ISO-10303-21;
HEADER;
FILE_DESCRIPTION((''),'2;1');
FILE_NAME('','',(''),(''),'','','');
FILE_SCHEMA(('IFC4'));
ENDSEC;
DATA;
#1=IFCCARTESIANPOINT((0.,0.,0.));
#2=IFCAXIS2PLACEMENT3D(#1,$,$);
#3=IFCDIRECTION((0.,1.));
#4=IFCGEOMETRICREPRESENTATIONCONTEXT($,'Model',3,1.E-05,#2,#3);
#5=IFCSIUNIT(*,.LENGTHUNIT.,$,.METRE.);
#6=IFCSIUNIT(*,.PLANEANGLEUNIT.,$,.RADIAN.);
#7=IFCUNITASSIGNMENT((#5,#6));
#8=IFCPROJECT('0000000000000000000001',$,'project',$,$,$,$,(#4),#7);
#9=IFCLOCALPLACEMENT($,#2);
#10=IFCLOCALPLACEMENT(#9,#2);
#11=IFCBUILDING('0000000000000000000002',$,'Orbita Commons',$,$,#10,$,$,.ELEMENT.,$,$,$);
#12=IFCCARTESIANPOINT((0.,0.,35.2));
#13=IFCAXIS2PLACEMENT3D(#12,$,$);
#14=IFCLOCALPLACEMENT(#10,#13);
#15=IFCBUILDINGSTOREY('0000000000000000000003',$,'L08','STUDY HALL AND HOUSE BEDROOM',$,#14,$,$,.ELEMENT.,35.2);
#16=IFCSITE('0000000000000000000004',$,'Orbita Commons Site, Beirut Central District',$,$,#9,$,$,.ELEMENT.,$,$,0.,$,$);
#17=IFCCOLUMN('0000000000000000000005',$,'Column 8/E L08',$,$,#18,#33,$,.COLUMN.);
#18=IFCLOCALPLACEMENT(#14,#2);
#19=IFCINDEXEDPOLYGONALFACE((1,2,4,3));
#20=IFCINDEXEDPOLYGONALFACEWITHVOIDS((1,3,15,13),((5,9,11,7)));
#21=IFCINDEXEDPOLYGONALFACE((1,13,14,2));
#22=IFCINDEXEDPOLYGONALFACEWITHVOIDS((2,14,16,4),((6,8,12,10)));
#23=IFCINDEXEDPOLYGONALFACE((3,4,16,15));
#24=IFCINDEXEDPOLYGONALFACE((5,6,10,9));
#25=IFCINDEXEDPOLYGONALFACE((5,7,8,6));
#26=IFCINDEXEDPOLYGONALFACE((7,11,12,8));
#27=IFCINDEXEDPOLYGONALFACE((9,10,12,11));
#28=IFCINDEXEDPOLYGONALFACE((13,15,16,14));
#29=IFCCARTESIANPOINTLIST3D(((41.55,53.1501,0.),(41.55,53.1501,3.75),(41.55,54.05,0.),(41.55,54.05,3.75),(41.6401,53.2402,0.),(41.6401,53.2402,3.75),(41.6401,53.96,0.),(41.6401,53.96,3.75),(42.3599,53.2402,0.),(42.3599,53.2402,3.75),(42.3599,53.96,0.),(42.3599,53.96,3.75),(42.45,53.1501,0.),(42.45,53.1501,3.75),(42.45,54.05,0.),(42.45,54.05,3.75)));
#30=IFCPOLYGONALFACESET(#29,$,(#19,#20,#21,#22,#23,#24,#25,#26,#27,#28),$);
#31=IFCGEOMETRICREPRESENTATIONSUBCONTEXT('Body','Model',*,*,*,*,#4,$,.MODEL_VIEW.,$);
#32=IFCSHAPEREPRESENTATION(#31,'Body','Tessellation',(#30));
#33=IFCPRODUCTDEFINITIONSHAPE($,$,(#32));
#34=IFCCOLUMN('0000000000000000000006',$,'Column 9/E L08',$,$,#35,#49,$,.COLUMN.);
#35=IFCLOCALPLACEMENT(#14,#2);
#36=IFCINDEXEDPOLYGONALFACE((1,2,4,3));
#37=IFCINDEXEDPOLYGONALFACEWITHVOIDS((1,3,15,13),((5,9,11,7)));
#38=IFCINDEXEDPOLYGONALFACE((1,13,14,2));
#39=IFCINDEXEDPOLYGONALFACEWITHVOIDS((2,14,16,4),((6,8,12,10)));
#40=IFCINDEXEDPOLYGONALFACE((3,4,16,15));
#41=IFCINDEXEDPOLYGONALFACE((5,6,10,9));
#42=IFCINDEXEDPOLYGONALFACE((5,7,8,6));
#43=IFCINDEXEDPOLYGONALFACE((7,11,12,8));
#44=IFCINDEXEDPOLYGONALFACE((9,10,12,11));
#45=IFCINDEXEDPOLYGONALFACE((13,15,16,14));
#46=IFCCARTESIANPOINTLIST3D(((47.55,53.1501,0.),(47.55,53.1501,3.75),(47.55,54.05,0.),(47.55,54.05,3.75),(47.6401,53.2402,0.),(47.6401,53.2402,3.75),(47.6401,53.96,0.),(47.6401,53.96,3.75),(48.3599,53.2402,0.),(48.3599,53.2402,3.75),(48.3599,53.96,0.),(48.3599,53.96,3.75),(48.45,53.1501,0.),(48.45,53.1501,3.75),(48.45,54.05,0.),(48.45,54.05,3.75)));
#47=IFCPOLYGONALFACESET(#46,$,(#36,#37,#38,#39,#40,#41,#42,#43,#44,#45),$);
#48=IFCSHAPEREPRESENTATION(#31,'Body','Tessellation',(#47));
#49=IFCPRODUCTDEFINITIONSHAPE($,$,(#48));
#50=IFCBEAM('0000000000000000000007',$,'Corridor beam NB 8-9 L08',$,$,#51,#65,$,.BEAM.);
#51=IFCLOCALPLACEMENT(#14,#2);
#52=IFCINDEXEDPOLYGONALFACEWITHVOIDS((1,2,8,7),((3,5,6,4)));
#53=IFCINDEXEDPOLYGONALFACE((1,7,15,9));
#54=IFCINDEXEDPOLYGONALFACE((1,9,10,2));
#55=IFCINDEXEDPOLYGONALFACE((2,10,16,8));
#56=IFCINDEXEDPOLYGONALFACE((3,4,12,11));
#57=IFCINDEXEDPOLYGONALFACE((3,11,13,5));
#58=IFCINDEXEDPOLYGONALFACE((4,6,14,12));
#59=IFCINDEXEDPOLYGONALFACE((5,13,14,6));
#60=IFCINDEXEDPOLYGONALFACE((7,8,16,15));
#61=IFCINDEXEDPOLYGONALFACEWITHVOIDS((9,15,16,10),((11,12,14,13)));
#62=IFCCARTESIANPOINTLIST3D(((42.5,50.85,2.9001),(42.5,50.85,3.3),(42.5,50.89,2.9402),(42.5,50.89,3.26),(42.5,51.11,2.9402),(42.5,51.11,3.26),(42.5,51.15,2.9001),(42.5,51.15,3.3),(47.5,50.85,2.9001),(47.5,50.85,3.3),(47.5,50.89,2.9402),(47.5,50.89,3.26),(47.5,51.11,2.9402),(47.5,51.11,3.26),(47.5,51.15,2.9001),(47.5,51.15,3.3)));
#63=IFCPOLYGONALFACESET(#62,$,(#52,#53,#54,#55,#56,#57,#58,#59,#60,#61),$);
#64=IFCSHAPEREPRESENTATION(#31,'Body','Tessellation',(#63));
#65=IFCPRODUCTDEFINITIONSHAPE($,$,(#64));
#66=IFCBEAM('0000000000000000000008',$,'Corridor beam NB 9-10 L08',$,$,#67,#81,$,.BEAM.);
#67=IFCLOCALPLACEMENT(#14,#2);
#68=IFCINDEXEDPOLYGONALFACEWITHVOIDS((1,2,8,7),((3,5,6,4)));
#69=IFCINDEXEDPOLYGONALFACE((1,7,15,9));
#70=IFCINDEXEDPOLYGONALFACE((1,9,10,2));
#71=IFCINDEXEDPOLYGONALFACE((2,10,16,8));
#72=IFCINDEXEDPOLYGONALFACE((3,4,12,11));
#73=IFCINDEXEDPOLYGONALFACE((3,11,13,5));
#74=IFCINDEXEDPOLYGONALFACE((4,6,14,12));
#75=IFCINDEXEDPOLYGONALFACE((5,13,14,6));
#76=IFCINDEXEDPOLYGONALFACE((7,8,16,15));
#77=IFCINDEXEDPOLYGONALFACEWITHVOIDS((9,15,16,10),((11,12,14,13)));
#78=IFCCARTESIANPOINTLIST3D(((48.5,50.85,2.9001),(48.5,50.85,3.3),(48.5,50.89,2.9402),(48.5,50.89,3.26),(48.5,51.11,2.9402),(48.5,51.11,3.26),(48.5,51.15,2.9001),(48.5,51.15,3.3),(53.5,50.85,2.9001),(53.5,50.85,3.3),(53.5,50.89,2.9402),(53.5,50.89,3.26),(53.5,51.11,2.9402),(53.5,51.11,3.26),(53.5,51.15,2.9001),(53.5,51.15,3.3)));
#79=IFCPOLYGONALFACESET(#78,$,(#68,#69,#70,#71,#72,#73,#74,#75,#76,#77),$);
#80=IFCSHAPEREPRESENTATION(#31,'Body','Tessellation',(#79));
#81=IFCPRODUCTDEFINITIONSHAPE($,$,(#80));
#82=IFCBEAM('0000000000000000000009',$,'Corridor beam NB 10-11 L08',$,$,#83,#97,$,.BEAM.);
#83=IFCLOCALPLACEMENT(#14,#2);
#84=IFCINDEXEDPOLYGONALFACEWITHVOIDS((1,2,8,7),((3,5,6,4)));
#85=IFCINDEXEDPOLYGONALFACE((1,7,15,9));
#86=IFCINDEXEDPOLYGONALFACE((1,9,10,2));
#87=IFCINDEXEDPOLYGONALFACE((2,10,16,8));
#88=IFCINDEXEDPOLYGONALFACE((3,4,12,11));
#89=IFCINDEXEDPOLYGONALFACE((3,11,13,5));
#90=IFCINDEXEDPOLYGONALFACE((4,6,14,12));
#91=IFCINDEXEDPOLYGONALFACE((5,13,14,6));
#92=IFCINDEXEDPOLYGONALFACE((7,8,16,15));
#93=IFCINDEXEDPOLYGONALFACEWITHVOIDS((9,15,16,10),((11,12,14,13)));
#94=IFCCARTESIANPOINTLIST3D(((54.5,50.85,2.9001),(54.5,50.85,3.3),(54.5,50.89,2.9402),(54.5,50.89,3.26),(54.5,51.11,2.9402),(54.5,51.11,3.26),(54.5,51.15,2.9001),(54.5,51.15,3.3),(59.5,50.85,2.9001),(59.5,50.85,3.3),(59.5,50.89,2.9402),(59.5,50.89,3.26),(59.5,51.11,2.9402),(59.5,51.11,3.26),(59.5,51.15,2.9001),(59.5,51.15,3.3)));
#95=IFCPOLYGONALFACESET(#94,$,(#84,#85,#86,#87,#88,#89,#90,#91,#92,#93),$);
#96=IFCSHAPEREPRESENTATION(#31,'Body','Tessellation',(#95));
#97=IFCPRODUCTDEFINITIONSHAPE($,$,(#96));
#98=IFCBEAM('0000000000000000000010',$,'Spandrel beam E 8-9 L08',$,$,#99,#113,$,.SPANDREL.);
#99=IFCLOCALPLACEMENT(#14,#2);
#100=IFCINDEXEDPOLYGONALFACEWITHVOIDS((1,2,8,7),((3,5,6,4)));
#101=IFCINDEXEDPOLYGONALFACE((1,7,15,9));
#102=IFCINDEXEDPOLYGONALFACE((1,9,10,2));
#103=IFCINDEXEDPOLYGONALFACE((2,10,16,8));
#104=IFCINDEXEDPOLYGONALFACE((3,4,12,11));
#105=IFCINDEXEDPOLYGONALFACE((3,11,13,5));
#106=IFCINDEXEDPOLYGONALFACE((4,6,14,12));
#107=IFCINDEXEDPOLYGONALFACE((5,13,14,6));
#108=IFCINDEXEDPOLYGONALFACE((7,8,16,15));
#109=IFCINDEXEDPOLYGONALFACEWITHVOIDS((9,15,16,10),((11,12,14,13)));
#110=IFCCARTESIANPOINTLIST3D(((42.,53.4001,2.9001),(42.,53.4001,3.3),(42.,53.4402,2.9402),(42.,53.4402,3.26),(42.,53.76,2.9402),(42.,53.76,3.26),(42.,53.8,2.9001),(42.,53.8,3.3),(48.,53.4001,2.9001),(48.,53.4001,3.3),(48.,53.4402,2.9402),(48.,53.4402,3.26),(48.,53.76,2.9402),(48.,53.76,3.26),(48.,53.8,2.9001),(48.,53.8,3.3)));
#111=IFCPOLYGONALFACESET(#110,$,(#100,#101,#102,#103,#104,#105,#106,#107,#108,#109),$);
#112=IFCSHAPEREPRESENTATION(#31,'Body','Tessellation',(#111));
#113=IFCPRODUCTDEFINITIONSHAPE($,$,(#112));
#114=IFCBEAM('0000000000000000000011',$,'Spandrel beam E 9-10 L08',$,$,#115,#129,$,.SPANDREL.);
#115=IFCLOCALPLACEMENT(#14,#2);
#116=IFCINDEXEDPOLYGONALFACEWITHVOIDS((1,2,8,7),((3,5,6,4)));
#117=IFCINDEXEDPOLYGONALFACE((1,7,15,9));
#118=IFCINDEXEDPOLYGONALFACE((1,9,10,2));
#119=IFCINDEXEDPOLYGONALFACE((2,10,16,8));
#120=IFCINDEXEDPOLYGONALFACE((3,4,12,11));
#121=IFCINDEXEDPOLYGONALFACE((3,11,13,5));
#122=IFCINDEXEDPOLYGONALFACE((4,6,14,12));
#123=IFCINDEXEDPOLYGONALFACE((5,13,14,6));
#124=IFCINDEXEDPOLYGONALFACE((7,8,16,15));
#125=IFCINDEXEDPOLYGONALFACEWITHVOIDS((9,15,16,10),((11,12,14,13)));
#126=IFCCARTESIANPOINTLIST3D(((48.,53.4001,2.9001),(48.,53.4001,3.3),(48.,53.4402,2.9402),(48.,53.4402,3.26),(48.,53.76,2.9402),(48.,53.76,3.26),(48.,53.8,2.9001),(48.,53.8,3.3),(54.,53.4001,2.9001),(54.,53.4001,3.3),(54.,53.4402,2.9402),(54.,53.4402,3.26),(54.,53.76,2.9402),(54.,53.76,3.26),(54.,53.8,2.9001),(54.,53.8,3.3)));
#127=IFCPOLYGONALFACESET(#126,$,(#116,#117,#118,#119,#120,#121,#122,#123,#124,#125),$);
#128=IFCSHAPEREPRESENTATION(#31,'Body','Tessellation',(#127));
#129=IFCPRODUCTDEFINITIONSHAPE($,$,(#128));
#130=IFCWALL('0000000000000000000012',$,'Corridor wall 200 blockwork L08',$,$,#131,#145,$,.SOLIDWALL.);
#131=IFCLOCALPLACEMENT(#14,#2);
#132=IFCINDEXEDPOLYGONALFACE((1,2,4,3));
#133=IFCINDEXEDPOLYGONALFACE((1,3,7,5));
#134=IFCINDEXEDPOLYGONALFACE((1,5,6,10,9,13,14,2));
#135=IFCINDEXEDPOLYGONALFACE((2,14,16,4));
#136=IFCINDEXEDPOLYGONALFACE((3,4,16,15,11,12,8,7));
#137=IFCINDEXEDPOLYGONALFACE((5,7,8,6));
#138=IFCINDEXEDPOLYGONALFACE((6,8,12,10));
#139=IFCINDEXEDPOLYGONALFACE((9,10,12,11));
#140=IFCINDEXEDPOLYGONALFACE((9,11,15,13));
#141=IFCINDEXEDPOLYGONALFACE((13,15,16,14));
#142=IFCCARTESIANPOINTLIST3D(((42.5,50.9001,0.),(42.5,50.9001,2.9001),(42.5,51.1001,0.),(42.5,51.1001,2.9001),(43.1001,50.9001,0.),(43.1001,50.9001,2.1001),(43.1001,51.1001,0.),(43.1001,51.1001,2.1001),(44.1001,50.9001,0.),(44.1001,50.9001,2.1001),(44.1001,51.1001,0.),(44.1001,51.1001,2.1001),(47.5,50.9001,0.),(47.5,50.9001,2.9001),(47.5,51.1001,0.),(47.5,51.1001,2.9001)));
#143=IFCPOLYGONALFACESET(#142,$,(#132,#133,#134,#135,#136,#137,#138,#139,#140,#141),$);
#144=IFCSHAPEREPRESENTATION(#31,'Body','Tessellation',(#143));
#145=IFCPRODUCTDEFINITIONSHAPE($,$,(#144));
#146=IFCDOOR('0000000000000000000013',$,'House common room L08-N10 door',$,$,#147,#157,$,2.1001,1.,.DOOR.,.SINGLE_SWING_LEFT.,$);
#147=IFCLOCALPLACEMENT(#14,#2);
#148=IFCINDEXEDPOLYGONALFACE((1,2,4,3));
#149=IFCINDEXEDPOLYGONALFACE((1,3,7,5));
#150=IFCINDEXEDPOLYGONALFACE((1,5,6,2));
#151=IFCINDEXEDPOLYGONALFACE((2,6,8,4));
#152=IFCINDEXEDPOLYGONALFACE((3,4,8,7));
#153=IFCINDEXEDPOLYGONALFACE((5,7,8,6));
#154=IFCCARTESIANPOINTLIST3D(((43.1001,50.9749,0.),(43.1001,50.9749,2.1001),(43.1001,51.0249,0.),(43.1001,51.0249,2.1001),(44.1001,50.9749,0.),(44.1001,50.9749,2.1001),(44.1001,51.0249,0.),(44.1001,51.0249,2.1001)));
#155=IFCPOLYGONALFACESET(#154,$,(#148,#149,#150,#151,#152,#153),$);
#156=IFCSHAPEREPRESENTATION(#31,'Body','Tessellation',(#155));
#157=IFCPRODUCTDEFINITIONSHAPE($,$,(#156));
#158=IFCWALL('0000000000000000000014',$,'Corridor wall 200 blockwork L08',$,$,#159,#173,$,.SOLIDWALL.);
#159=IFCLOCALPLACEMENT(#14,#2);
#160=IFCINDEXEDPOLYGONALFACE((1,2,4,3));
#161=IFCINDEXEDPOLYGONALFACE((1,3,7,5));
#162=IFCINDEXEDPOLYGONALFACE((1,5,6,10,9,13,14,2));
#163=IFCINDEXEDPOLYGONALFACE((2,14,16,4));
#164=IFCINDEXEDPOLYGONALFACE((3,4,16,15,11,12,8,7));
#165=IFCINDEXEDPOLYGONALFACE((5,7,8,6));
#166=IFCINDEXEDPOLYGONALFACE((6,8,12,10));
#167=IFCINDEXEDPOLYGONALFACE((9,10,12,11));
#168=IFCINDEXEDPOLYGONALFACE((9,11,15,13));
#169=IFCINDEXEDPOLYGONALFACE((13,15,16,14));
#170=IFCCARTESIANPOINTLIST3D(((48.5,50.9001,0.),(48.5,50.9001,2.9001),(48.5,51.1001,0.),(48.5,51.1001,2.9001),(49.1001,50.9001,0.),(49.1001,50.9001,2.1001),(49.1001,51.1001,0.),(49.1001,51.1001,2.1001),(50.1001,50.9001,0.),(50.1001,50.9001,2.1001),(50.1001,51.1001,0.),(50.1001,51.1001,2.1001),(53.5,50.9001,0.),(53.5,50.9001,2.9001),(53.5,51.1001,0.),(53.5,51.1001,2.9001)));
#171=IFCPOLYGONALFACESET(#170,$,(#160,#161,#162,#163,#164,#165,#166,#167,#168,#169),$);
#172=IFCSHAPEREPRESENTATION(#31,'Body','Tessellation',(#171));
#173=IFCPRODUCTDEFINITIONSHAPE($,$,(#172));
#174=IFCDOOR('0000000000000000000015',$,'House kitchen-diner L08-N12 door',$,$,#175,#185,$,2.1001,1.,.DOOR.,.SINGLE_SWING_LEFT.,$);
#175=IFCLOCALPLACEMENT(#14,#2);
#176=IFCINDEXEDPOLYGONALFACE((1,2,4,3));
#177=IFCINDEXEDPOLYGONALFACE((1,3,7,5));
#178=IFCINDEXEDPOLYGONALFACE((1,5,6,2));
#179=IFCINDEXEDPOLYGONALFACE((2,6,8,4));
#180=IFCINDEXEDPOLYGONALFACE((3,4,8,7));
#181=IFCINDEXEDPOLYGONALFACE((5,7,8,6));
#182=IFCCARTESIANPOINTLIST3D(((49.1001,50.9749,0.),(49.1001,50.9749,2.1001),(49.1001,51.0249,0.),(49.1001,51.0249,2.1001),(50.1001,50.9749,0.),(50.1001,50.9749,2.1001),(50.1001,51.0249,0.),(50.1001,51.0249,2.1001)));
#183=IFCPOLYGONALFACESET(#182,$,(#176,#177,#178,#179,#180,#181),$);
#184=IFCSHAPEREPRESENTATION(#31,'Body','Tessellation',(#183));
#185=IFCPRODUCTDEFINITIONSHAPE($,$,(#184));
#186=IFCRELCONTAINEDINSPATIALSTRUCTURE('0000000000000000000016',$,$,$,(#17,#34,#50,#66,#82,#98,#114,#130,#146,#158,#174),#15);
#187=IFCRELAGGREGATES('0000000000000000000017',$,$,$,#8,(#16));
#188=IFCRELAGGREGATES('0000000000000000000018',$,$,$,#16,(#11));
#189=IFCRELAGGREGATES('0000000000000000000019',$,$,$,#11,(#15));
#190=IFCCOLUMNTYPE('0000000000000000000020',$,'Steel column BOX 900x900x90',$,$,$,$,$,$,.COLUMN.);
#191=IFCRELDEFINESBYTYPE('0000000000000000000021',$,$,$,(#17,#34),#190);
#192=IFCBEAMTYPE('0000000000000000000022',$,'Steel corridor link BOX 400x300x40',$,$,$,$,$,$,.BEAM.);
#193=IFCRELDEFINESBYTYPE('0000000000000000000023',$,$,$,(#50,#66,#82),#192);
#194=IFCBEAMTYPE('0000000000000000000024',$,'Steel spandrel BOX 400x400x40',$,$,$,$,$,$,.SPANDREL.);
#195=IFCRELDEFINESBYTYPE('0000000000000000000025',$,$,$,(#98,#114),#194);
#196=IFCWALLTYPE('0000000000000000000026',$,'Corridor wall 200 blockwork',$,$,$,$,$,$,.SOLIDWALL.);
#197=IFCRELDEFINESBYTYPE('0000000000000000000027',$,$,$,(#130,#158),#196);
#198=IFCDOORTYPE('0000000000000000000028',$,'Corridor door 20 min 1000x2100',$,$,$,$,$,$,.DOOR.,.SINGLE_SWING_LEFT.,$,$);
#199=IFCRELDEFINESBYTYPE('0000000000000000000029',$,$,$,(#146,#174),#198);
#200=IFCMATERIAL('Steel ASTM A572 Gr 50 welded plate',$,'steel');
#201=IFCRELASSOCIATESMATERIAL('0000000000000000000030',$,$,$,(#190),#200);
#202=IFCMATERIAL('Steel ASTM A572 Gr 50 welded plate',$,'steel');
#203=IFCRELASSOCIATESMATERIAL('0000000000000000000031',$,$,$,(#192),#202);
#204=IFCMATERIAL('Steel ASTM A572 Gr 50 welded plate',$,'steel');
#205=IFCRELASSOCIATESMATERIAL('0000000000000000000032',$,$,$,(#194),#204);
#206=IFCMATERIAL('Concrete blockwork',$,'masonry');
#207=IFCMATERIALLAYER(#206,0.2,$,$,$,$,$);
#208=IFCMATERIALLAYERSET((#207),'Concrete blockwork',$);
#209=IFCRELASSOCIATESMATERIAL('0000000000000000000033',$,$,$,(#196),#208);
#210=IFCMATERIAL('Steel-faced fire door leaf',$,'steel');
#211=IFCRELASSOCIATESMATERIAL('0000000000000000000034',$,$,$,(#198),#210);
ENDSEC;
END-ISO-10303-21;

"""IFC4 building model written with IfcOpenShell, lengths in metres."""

from ifc_helpers import new_model, si_unit, direction, frame, frame_2d, origin, origin_2d, place, context, subcontext, project, spatial, polyline, rectangle, hollow_rectangle, outline, extrude, material, layer, layer_set, material_profile, profile_set, type_object, element, fill, save


model = new_model("IFC4")

# Units and contexts
model_context = context("Model", 3, precision=1e-05, world=origin(), true_north=direction((0.0, 1.0)))
body_context = subcontext(model_context, "Body", "Model", "MODEL_VIEW")
ifc_project = project(units=[si_unit("LENGTHUNIT", "METRE"), si_unit("PLANEANGLEUNIT", "RADIAN")], contexts=[model_context])

# Site, building, storey
site_placement = place(None, origin())
site = spatial("IfcSite", under=ifc_project, at=site_placement, Name="Orbita Commons Site, Beirut Central District", CompositionType="ELEMENT", RefElevation=0.0)
building_placement = place(site_placement, origin())
building = spatial("IfcBuilding", under=site, at=building_placement, Name="Orbita Commons", CompositionType="ELEMENT")
storey_placement = place(building_placement, frame((0.0, 0.0, 35.2)))
storey = spatial("IfcBuildingStorey", under=building, at=storey_placement, Name="L08", Description="STUDY HALL AND HOUSE BEDROOM", CompositionType="ELEMENT", Elevation=35.2)

# Columns
ifc_material_1 = material(Name="Steel ASTM A572 Gr 50 welded plate", Category="steel")
ifc_material_profile_1 = material_profile(ifc_material_1, hollow_rectangle(XDim=0.8999, YDim=0.8999, WallThickness=0.0901, at=origin_2d()), Name="BOX 900x900x90")
ifc_profile_set_1 = profile_set([ifc_material_profile_1], Name="Steel ASTM A572 Gr 50 welded plate")
column_type = type_object("IfcColumnType", Name="Steel column BOX 900x900x90", PredefinedType="COLUMN", material=ifc_profile_set_1)
for number, where, z_axis, x_axis, name in (
    (1, (42.0, 53.6001, 0.0), (0.0, 0.0, 1.0), (1.0, 0.0, 0.0), "Column 8/E L08"),
    (2, (48.0, 53.6001, 0.0), (0.0, 0.0, 1.0), (1.0, 0.0, 0.0), "Column 9/E L08"),
):
    element("IfcColumn", number, at=place(storey_placement, frame(where, z_axis=z_axis, x_axis=x_axis)), inside=storey, type_object=column_type, Name=name, PredefinedType="COLUMN", context=body_context, shape_type="SweptSolid", body=[
        extrude(hollow_rectangle(XDim=0.8999, YDim=0.8999, WallThickness=0.0901, at=origin_2d()), origin(), (0.0, 0.0, 1.0), 3.75),
    ])

# Beams
ifc_material_2 = material(Name="Steel ASTM A572 Gr 50 welded plate", Category="steel")
ifc_material_profile_2 = material_profile(ifc_material_2, hollow_rectangle(XDim=0.3, YDim=0.3999, WallThickness=0.04, at=origin_2d()), Name="BOX 400x300x40")
ifc_profile_set_2 = profile_set([ifc_material_profile_2], Name="Steel ASTM A572 Gr 50 welded plate")
beam_type_1 = type_object("IfcBeamType", Name="Steel corridor link BOX 400x300x40", PredefinedType="BEAM", material=ifc_profile_set_2)
for number, where, z_axis, x_axis, name in (
    (3, (42.5, 51.0, 3.1001), (1.0, 0.0, 0.0), (0.0, 1.0, 0.0), "Corridor beam NB 8-9 L08"),
    (4, (48.5, 51.0, 3.1001), (1.0, 0.0, 0.0), (0.0, 1.0, 0.0), "Corridor beam NB 9-10 L08"),
    (5, (54.5, 51.0, 3.1001), (1.0, 0.0, 0.0), (0.0, 1.0, 0.0), "Corridor beam NB 10-11 L08"),
):
    element("IfcBeam", number, at=place(storey_placement, frame(where, z_axis=z_axis, x_axis=x_axis)), inside=storey, type_object=beam_type_1, Name=name, PredefinedType="BEAM", context=body_context, shape_type="SweptSolid", body=[
        extrude(hollow_rectangle(XDim=0.3, YDim=0.3999, WallThickness=0.04, at=origin_2d()), origin(), (0.0, 0.0, 1.0), 5.0),
    ])
ifc_material_3 = material(Name="Steel ASTM A572 Gr 50 welded plate", Category="steel")
ifc_material_profile_3 = material_profile(ifc_material_3, hollow_rectangle(XDim=0.3999, YDim=0.3999, WallThickness=0.04, at=origin_2d()), Name="BOX 400x400x40")
ifc_profile_set_3 = profile_set([ifc_material_profile_3], Name="Steel ASTM A572 Gr 50 welded plate")
beam_type_2 = type_object("IfcBeamType", Name="Steel spandrel BOX 400x400x40", PredefinedType="SPANDREL", material=ifc_profile_set_3)
for number, where, z_axis, x_axis, name in (
    (6, (42.0, 53.6001, 3.1001), (1.0, 0.0, 0.0), (0.0, 1.0, 0.0), "Spandrel beam E 8-9 L08"),
    (7, (48.0, 53.6001, 3.1001), (1.0, 0.0, 0.0), (0.0, 1.0, 0.0), "Spandrel beam E 9-10 L08"),
):
    element("IfcBeam", number, at=place(storey_placement, frame(where, z_axis=z_axis, x_axis=x_axis)), inside=storey, type_object=beam_type_2, Name=name, PredefinedType="SPANDREL", context=body_context, shape_type="SweptSolid", body=[
        extrude(hollow_rectangle(XDim=0.3999, YDim=0.3999, WallThickness=0.04, at=origin_2d()), origin(), (0.0, 0.0, 1.0), 6.0),
    ])

# Walls, openings, doors
ifc_material_4 = material(Name="Concrete blockwork", Category="masonry")
ifc_layer_1 = layer(ifc_material_4, 0.2)
ifc_layer_set_1 = layer_set([ifc_layer_1], Name="Concrete blockwork")
wall_type_1 = type_object("IfcWallType", Name="Corridor wall 200 blockwork", PredefinedType="SOLIDWALL", material=ifc_layer_set_1)
wall_1_placement = place(storey_placement, frame((42.5, 51.0, 0.0), z_axis=(0.0, 0.0, 1.0), x_axis=(1.0, 0.0, 0.0)))
wall_1 = element("IfcWall", 8, at=wall_1_placement, inside=storey, type_object=wall_type_1, Name="Corridor wall 200 blockwork L08", PredefinedType="SOLIDWALL", context=body_context, shape_type="SweptSolid", body=[
    extrude(outline(polyline([(0.0, 0.0), (5.0, 0.0), (5.0, 2.9001), (0.0, 2.9001), (0.0, 0.0)])), frame((0.0, 0.1001, 0.0), z_axis=(0.0, -1.0, 0.0), x_axis=(1.0, 0.0, 0.0)), (0.0, 0.0, 1.0), 0.2),
])
opening_1_placement = place(wall_1_placement, frame((0.6001, 0.0, 0.0)))
opening_1 = element("IfcOpeningElement", 9, at=opening_1_placement, cuts=wall_1, PredefinedType="OPENING", context=body_context, shape_type="SweptSolid", body=[
    extrude(rectangle(XDim=1.0, YDim=2.1001, at=frame_2d((0.5, 1.05))), frame((0.0, 0.1099, 0.0), z_axis=(0.0, -1.0, 0.0), x_axis=(1.0, 0.0, 0.0)), (0.0, 0.0, 1.0), 0.22),
])
ifc_material_5 = material(Name="Steel-faced fire door leaf", Category="steel")
door_type_1 = type_object("IfcDoorType", Name="Corridor door 20 min 1000x2100", OperationType="SINGLE_SWING_LEFT", PredefinedType="DOOR", material=ifc_material_5)
door_1_placement = place(opening_1_placement, origin())
door_1 = element("IfcDoor", 10, at=door_1_placement, inside=storey, type_object=door_type_1, Name="House common room L08-N10 door", OperationType="SINGLE_SWING_LEFT", OverallHeight=2.1001, OverallWidth=1.0, PredefinedType="DOOR", context=body_context, shape_type="SweptSolid", body=[
    extrude(rectangle(XDim=1.0, YDim=2.1001, at=frame_2d((0.5, 1.05))), frame((0.0, 0.0249, 0.0), z_axis=(0.0, -1.0, 0.0), x_axis=(1.0, 0.0, 0.0)), (0.0, 0.0, 1.0), 0.05),
])
fill(opening_1, door_1)
wall_2_placement = place(storey_placement, frame((48.5, 51.0, 0.0), z_axis=(0.0, 0.0, 1.0), x_axis=(1.0, 0.0, 0.0)))
wall_2 = element("IfcWall", 11, at=wall_2_placement, inside=storey, type_object=wall_type_1, Name="Corridor wall 200 blockwork L08", PredefinedType="SOLIDWALL", context=body_context, shape_type="SweptSolid", body=[
    extrude(outline(polyline([(0.0, 0.0), (5.0, 0.0), (5.0, 2.9001), (0.0, 2.9001), (0.0, 0.0)])), frame((0.0, 0.1001, 0.0), z_axis=(0.0, -1.0, 0.0), x_axis=(1.0, 0.0, 0.0)), (0.0, 0.0, 1.0), 0.2),
])
opening_2_placement = place(wall_2_placement, frame((0.6001, 0.0, 0.0)))
opening_2 = element("IfcOpeningElement", 12, at=opening_2_placement, cuts=wall_2, PredefinedType="OPENING", context=body_context, shape_type="SweptSolid", body=[
    extrude(rectangle(XDim=1.0, YDim=2.1001, at=frame_2d((0.5, 1.05))), frame((0.0, 0.1099, 0.0), z_axis=(0.0, -1.0, 0.0), x_axis=(1.0, 0.0, 0.0)), (0.0, 0.0, 1.0), 0.22),
])
door_2_placement = place(opening_2_placement, origin())
door_2 = element("IfcDoor", 13, at=door_2_placement, inside=storey, type_object=door_type_1, Name="House kitchen-diner L08-N12 door", OperationType="SINGLE_SWING_LEFT", OverallHeight=2.1001, OverallWidth=1.0, PredefinedType="DOOR", context=body_context, shape_type="SweptSolid", body=[
    extrude(rectangle(XDim=1.0, YDim=2.1001, at=frame_2d((0.5, 1.05))), frame((0.0, 0.0249, 0.0), z_axis=(0.0, -1.0, 0.0), x_axis=(1.0, 0.0, 0.0)), (0.0, 0.0, 1.0), 0.05),
])
fill(opening_2, door_2)

save(model, "model.ifc")
